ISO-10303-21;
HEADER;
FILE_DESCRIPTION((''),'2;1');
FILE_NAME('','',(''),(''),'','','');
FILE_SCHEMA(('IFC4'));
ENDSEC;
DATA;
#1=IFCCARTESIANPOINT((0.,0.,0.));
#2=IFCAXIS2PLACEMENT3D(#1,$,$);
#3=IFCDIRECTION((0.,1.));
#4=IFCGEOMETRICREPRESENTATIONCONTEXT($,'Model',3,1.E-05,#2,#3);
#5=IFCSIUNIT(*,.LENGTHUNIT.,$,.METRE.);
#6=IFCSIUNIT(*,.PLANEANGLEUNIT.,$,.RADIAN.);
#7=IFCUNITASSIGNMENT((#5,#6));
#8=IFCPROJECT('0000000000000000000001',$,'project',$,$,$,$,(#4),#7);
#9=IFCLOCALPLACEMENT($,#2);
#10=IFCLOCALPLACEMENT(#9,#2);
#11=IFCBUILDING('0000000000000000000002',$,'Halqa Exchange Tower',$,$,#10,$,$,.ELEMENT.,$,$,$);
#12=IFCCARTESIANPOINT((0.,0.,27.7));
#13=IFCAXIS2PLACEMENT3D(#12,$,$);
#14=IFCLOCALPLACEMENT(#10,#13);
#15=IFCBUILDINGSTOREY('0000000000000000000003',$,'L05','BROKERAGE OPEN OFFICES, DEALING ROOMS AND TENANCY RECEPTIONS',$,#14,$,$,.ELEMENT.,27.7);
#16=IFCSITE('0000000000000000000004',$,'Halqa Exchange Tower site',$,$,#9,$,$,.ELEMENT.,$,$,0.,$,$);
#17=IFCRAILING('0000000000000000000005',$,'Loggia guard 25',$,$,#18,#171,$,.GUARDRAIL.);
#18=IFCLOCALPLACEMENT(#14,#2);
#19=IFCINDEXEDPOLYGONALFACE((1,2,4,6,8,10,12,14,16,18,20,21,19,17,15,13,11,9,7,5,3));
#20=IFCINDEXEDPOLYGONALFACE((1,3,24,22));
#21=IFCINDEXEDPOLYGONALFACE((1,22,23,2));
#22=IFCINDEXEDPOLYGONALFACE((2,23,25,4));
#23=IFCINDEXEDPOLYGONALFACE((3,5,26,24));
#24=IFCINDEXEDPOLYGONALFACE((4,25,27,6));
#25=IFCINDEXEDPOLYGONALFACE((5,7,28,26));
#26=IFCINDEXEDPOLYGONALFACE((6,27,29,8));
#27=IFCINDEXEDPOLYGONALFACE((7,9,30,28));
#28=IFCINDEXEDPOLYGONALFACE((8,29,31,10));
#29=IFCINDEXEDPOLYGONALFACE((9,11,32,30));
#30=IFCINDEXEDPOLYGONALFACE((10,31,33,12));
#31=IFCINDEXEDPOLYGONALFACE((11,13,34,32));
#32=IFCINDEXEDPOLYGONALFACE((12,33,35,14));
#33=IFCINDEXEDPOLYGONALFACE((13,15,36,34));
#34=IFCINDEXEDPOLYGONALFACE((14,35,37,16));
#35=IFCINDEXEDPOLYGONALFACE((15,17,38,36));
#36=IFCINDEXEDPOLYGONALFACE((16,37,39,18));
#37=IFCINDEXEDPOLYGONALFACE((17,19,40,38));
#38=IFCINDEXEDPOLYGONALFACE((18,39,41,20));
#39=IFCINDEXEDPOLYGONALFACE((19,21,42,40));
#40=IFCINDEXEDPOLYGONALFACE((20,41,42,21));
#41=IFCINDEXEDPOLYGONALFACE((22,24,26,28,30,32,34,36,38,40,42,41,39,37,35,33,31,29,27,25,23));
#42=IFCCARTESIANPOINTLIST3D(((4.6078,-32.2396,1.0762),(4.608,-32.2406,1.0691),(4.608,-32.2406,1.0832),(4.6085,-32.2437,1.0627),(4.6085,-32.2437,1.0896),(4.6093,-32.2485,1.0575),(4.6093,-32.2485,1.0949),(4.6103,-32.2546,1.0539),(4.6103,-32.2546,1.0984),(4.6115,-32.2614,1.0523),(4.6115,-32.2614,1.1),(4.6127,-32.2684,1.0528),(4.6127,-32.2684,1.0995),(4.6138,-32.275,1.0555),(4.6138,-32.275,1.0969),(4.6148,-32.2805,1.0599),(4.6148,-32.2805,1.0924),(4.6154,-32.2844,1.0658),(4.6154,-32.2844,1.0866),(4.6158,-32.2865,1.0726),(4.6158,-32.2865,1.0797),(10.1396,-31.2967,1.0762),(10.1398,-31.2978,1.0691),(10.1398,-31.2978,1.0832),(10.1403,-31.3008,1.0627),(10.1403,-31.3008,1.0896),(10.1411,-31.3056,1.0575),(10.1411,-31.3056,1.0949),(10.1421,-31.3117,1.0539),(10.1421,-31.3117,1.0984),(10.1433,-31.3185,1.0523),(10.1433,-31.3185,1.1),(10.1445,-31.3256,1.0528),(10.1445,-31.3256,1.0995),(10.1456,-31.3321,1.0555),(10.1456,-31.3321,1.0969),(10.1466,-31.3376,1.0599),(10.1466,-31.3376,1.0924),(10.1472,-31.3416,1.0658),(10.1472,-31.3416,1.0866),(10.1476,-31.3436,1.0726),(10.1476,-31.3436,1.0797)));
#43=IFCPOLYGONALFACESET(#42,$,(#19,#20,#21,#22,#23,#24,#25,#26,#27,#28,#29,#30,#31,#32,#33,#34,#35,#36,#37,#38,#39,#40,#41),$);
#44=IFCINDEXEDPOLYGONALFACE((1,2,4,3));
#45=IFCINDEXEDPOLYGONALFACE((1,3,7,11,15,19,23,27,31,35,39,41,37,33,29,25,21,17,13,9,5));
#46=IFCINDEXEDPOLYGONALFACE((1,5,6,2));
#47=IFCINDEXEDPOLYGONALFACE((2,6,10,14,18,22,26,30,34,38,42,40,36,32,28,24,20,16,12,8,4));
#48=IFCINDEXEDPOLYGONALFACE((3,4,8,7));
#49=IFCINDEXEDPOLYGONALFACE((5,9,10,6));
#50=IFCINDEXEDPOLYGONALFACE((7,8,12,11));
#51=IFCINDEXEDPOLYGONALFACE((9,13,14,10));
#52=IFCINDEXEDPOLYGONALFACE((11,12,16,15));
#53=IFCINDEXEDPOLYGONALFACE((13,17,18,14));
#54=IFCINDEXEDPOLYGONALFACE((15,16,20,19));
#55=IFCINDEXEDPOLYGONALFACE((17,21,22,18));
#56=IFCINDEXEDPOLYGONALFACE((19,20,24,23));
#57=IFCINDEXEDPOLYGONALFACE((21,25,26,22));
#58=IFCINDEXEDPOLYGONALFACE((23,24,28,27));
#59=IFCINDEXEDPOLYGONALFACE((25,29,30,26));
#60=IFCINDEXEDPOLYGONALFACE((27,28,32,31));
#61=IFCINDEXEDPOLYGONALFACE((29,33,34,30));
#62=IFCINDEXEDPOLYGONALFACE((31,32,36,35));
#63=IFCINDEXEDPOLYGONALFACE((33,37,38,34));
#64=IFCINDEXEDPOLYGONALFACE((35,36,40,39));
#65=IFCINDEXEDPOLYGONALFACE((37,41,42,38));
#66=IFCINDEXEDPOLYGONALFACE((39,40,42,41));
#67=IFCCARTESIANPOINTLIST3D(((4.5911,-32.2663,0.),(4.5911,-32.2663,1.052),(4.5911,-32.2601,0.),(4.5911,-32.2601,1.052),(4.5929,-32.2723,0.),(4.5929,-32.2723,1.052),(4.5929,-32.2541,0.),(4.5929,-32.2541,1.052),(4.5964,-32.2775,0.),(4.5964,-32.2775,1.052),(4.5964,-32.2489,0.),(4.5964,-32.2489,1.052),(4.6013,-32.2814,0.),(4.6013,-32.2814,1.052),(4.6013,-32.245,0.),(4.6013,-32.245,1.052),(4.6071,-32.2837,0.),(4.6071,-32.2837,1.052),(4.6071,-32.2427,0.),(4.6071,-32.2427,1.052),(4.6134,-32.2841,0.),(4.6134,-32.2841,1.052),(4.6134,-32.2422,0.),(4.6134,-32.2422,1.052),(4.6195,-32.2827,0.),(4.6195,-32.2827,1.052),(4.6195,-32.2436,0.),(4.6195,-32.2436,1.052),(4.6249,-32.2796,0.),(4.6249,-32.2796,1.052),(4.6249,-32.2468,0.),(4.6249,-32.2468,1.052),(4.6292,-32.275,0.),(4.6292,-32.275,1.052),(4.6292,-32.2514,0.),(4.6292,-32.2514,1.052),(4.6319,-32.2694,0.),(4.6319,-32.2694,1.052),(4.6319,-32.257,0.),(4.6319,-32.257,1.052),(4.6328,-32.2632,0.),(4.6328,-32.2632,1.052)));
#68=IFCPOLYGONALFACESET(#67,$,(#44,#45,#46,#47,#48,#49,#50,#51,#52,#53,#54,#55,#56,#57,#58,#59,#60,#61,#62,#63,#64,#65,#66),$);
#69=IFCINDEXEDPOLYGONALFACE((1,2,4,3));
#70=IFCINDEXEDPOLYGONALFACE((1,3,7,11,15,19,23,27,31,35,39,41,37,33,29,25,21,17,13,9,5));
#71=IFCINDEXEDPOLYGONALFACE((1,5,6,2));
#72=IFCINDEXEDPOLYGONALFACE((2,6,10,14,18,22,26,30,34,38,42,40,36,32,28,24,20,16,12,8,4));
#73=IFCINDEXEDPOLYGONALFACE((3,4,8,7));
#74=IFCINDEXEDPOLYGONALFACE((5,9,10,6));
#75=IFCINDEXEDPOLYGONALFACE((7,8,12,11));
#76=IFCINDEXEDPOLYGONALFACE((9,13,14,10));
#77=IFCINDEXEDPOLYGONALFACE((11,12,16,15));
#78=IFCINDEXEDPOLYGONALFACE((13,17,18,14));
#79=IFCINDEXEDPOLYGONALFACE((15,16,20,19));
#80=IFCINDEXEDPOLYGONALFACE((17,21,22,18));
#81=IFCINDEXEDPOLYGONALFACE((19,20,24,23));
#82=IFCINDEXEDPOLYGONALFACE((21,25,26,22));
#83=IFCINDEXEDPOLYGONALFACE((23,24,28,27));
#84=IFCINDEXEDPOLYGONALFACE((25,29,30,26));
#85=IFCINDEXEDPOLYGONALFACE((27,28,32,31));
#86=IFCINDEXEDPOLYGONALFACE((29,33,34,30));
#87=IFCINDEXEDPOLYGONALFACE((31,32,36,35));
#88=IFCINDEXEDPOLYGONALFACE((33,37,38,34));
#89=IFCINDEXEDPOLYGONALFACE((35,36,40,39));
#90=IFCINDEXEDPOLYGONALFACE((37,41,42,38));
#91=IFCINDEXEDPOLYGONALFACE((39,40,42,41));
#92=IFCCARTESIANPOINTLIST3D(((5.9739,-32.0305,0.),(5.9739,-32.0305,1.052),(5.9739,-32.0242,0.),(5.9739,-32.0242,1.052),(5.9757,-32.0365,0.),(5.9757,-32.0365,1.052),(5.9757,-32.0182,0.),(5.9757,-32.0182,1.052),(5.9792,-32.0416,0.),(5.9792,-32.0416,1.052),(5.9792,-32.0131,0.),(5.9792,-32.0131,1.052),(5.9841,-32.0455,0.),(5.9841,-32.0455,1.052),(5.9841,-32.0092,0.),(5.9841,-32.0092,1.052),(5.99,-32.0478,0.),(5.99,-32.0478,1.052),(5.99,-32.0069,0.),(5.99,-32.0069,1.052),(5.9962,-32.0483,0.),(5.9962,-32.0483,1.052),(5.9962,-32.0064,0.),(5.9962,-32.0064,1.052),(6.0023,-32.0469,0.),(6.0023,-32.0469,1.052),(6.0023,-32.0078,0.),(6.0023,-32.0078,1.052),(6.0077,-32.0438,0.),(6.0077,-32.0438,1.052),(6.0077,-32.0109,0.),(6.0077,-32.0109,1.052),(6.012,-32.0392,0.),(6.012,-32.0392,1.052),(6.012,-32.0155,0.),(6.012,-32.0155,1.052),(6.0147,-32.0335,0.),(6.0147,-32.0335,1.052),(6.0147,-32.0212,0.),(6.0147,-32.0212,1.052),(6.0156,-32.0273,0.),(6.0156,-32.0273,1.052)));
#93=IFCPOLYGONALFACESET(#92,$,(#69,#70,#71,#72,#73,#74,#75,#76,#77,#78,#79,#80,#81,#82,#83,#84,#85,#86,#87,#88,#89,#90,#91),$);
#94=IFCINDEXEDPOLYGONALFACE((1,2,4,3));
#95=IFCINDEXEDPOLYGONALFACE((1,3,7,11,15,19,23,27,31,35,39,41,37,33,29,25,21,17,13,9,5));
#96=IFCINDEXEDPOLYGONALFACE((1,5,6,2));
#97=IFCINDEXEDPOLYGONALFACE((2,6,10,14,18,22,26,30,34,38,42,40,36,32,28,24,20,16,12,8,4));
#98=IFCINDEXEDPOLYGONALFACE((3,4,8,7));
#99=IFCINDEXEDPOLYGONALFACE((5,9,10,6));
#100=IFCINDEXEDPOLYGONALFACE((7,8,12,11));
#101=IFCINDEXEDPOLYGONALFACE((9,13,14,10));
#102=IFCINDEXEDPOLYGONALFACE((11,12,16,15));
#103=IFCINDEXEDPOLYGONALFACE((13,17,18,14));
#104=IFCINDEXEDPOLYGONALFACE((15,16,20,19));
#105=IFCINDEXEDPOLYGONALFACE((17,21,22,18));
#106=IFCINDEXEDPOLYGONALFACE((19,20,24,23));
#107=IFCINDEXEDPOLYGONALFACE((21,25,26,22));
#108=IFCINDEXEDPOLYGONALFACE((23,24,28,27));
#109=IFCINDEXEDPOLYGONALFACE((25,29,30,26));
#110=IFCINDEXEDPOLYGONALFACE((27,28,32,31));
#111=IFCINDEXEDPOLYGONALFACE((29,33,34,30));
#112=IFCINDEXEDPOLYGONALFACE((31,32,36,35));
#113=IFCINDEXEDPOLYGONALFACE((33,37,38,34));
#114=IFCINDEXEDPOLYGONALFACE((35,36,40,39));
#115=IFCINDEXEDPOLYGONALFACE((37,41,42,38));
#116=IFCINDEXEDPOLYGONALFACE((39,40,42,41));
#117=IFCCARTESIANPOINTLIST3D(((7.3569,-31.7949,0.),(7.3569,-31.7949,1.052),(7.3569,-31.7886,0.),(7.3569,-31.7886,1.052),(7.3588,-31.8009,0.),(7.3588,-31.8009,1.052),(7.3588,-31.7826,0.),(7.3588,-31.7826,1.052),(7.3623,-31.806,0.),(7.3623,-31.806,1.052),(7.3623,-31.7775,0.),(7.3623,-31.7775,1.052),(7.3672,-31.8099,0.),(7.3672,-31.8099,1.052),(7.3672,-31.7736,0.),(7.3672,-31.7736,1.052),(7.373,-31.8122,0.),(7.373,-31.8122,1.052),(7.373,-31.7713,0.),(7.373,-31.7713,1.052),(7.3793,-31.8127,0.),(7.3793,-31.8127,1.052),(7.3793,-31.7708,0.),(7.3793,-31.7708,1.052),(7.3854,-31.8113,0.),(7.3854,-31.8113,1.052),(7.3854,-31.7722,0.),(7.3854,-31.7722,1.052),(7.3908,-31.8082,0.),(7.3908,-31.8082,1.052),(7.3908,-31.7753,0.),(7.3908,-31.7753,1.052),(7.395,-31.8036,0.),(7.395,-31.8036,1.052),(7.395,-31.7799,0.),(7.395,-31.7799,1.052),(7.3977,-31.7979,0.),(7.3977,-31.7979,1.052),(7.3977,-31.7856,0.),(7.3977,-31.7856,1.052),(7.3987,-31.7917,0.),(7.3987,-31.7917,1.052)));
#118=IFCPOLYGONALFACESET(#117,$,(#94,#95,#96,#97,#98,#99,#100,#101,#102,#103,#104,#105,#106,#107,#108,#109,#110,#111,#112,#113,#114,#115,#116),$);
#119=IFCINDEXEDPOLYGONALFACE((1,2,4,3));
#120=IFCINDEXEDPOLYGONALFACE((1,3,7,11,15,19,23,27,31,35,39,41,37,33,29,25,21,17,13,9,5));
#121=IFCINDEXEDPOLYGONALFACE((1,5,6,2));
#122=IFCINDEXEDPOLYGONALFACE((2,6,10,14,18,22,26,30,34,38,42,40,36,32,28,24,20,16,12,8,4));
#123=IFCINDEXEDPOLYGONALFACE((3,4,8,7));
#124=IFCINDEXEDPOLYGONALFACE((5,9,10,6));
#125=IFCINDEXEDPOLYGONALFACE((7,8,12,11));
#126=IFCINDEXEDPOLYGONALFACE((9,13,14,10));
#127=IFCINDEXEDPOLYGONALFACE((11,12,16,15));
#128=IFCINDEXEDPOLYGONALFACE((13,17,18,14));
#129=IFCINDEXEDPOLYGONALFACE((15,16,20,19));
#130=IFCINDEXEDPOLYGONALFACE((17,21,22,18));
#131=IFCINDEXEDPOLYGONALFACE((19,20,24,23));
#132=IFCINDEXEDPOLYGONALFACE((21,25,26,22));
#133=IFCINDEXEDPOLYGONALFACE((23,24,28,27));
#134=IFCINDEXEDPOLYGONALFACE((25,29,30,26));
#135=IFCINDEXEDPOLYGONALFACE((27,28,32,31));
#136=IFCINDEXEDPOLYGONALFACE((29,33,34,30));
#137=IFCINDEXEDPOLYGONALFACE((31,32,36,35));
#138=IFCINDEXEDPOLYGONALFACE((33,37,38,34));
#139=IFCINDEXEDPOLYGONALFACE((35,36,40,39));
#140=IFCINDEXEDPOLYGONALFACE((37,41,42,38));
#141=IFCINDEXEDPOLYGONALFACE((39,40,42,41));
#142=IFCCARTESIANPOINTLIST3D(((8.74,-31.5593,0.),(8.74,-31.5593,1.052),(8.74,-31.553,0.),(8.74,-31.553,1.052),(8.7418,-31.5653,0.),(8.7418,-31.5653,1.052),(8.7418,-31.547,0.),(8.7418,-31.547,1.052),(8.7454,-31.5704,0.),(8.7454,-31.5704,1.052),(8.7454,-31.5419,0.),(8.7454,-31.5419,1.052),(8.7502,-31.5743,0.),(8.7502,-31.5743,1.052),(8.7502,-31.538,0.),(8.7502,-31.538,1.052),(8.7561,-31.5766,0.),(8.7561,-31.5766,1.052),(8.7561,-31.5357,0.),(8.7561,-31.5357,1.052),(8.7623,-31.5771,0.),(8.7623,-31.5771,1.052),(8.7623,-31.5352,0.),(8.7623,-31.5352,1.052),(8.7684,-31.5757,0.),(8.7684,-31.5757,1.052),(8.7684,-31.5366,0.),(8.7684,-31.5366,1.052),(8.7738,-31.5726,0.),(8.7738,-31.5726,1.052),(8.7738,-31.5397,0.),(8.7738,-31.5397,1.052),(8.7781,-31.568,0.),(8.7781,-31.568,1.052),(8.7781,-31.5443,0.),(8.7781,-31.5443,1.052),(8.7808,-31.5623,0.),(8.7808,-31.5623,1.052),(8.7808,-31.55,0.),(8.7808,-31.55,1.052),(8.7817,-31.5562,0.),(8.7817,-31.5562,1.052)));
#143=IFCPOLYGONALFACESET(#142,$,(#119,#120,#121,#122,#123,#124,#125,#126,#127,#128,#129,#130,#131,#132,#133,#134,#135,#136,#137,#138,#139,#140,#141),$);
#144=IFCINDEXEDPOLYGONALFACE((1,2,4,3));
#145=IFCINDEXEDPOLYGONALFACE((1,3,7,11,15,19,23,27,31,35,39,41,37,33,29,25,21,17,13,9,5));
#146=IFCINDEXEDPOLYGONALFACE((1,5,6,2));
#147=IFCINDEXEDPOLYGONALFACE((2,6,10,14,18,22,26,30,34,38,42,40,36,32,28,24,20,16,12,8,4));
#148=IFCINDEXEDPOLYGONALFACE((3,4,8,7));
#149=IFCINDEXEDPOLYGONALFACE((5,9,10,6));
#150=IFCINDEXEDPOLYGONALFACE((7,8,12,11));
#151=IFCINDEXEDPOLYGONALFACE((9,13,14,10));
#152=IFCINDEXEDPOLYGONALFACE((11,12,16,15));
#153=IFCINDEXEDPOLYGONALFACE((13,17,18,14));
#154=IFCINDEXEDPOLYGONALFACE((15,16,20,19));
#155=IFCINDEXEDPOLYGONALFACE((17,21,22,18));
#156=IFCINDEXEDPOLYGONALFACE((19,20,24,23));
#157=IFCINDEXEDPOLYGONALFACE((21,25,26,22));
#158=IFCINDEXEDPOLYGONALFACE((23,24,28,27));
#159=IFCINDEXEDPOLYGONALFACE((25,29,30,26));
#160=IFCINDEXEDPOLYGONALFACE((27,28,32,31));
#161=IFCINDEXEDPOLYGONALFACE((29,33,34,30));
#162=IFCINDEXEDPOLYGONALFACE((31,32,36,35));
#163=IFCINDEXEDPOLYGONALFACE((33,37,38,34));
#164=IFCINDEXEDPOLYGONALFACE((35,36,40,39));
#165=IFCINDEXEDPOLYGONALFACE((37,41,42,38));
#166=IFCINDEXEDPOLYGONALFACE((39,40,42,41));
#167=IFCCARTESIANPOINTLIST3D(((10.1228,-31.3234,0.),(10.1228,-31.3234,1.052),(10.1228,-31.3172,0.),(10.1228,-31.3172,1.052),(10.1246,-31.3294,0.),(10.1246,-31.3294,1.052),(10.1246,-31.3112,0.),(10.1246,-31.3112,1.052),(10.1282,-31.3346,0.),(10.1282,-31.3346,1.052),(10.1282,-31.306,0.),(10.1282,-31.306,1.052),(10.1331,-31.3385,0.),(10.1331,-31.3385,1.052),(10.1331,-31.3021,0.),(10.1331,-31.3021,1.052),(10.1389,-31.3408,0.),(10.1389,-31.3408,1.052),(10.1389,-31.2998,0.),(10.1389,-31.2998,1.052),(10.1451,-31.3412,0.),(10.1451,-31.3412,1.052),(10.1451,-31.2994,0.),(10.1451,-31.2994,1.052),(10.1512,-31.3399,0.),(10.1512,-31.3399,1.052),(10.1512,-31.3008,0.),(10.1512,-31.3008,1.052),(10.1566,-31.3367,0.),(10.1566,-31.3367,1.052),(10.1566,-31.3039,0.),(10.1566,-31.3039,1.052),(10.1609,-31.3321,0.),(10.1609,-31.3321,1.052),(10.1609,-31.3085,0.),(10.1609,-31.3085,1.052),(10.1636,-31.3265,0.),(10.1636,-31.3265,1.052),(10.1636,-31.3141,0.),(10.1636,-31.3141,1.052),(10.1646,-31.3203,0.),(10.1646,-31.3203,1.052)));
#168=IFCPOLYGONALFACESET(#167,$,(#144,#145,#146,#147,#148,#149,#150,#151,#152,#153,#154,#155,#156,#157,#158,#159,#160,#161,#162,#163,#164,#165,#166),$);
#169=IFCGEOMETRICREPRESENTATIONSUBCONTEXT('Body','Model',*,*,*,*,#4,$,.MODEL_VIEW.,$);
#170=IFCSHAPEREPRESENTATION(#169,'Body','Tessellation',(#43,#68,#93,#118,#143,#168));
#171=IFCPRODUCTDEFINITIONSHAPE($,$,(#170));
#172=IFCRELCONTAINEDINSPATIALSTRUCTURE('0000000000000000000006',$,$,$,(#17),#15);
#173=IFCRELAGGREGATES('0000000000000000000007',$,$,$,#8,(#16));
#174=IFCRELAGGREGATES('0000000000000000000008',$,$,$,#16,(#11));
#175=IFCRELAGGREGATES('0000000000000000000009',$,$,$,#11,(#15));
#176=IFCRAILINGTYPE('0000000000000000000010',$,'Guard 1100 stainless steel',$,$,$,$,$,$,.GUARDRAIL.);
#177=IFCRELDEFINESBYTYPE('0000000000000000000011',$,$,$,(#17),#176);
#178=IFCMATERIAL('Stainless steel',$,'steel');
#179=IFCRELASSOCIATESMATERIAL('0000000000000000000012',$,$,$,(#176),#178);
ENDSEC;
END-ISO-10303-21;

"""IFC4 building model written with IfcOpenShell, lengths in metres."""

from ifc_helpers import new_model, si_unit, direction, frame, origin, origin_2d, place, context, subcontext, project, spatial, circle, extrude, material, type_object, element, save


model = new_model("IFC4")

# Units and contexts
model_context = context("Model", 3, precision=1e-05, world=origin(), true_north=direction((0.0, 1.0)))
body_context = subcontext(model_context, "Body", "Model", "MODEL_VIEW")
ifc_project = project(units=[si_unit("LENGTHUNIT", "METRE"), si_unit("PLANEANGLEUNIT", "RADIAN")], contexts=[model_context])

# Site, building, storey
site_placement = place(None, origin())
site = spatial("IfcSite", under=ifc_project, at=site_placement, Name="Halqa Exchange Tower site", CompositionType="ELEMENT", RefElevation=0.0)
building_placement = place(site_placement, origin())
building = spatial("IfcBuilding", under=site, at=building_placement, Name="Halqa Exchange Tower", CompositionType="ELEMENT")
storey_placement = place(building_placement, frame((0.0, 0.0, 27.7)))
storey = spatial("IfcBuildingStorey", under=building, at=storey_placement, Name="L05", Description="BROKERAGE OPEN OFFICES, DEALING ROOMS AND TENANCY RECEPTIONS", CompositionType="ELEMENT", Elevation=27.7)

# Railing
ifc_material_1 = material(Name="Stainless steel", Category="steel")
railing_type = type_object("IfcRailingType", Name="Guard 1100 stainless steel", PredefinedType="GUARDRAIL", material=ifc_material_1)
railing_placement = place(storey_placement, frame((4.6118, -32.2632, 0.0)))
element("IfcRailing", 1, at=railing_placement, inside=storey, type_object=railing_type, Name="Loggia guard 25", PredefinedType="GUARDRAIL", context=body_context, shape_type="SweptSolid", body=[
    extrude(circle(Radius=0.0239, at=origin_2d()), frame((0.0, 0.0, 1.0762), z_axis=(0.985783, 0.168024, 0.0), x_axis=(-0.168024, 0.985783, 0.0)), (0.0, 0.0, 1.0), 5.6116),
    extrude(circle(Radius=0.021, at=origin_2d()), origin(), (0.0, 0.0, 1.0), 1.052),
    extrude(circle(Radius=0.021, at=origin_2d()), frame((1.3828, 0.2358, 0.0)), (0.0, 0.0, 1.0), 1.052),
    extrude(circle(Radius=0.021, at=origin_2d()), frame((2.7659, 0.4714, 0.0)), (0.0, 0.0, 1.0), 1.052),
    extrude(circle(Radius=0.021, at=origin_2d()), frame((4.1489, 0.707, 0.0)), (0.0, 0.0, 1.0), 1.052),
    extrude(circle(Radius=0.021, at=origin_2d()), frame((5.5317, 0.9429, 0.0)), (0.0, 0.0, 1.0), 1.052),
])

save(model, "model.ifc")
